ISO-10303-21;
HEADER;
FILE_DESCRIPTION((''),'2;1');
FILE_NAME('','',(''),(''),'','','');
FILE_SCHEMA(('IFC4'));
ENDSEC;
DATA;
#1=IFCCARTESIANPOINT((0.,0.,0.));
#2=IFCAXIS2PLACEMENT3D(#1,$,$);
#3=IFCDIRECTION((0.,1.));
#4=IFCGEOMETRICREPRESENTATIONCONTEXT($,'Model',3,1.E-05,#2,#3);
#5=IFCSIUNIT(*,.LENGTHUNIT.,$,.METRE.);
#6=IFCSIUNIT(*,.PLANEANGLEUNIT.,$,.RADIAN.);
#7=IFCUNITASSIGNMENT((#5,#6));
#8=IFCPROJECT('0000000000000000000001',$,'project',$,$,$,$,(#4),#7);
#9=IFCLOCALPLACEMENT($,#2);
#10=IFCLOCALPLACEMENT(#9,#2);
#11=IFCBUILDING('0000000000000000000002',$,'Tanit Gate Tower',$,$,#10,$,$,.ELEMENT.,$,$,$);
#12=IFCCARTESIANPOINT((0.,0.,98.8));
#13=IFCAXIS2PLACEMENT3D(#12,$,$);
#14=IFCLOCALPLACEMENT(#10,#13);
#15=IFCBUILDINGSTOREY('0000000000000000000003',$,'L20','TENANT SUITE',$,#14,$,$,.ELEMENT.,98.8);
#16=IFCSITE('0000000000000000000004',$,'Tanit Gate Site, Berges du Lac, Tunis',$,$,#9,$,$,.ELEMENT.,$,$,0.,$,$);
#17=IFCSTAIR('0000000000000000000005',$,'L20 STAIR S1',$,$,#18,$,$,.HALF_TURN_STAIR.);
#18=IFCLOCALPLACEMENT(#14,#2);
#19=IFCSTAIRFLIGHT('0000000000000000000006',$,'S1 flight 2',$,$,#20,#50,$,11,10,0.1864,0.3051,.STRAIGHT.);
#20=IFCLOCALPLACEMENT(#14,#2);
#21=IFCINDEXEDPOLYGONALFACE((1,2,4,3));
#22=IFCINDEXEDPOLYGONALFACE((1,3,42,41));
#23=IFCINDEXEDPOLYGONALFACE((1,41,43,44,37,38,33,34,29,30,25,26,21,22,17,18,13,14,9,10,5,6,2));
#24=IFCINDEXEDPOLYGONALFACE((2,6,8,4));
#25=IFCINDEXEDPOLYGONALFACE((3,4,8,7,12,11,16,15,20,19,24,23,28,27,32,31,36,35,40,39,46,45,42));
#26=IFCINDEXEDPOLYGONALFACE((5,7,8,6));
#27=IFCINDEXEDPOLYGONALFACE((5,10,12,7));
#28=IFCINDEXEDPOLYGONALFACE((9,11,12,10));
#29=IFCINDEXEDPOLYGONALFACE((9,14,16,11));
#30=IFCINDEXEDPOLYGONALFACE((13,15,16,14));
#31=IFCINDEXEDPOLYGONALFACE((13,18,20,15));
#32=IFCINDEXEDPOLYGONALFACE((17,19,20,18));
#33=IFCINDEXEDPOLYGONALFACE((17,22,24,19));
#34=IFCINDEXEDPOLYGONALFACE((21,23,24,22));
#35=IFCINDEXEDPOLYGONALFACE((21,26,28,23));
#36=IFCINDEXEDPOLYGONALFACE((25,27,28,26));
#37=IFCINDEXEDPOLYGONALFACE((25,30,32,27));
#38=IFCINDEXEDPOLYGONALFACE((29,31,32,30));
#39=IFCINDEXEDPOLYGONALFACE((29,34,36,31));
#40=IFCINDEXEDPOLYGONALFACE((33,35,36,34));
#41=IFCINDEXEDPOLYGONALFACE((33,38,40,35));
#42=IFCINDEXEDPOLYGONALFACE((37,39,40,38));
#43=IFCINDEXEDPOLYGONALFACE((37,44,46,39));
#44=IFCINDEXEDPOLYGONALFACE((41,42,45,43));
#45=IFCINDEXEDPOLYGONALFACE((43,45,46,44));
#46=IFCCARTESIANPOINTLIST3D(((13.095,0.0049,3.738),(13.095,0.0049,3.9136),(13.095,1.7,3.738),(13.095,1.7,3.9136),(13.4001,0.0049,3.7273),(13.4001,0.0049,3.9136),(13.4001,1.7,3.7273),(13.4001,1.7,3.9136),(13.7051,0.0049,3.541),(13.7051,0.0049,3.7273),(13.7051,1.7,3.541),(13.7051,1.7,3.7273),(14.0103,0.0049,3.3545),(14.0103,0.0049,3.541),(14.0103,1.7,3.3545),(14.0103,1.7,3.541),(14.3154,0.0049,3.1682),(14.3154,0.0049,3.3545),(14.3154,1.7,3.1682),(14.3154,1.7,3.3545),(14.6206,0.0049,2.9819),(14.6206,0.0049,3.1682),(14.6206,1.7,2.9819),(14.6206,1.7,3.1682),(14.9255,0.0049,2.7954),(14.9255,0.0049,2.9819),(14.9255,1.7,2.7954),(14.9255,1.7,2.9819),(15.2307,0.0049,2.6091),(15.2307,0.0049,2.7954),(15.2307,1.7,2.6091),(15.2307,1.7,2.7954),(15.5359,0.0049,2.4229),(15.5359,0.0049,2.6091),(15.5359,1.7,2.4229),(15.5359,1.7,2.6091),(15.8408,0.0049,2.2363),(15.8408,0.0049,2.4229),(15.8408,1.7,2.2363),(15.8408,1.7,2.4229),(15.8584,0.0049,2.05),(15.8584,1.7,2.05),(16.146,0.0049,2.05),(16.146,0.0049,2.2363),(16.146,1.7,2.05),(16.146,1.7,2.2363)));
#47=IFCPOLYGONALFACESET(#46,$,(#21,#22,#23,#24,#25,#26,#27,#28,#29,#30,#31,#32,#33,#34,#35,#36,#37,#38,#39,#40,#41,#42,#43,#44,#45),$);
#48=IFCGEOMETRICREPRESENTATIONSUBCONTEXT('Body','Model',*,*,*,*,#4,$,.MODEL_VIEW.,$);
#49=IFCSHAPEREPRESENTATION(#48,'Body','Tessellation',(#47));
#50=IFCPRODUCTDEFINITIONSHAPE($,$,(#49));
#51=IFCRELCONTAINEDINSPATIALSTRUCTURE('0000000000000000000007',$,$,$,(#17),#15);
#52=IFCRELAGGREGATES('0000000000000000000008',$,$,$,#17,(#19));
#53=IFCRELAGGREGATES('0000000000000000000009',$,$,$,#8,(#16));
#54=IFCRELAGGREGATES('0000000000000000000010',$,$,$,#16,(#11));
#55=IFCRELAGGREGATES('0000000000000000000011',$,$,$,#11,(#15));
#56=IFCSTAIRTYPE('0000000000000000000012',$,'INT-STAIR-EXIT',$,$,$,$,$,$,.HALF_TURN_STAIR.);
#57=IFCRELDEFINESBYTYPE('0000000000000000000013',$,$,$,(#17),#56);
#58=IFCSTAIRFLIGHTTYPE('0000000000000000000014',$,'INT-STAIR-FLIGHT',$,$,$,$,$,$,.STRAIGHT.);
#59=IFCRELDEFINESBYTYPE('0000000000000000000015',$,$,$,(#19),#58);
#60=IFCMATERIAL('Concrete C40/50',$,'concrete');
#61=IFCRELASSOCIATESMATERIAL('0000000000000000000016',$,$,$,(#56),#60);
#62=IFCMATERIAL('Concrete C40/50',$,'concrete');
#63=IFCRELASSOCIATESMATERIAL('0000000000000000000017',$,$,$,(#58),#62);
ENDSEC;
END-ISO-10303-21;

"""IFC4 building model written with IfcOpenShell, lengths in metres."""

from ifc_helpers import new_model, si_unit, direction, frame, origin, place, context, subcontext, project, spatial, polyline, outline, extrude, material, type_object, element, aggregate, save


model = new_model("IFC4")

# Units and contexts
model_context = context("Model", 3, precision=1e-05, world=origin(), true_north=direction((0.0, 1.0)))
body_context = subcontext(model_context, "Body", "Model", "MODEL_VIEW")
ifc_project = project(units=[si_unit("LENGTHUNIT", "METRE"), si_unit("PLANEANGLEUNIT", "RADIAN")], contexts=[model_context])

# Site, building, storey
site_placement = place(None, origin())
site = spatial("IfcSite", under=ifc_project, at=site_placement, Name="Tanit Gate Site, Berges du Lac, Tunis", CompositionType="ELEMENT", RefElevation=0.0)
building_placement = place(site_placement, origin())
building = spatial("IfcBuilding", under=site, at=building_placement, Name="Tanit Gate Tower", CompositionType="ELEMENT")
storey_placement = place(building_placement, frame((0.0, 0.0, 98.8)))
storey = spatial("IfcBuildingStorey", under=building, at=storey_placement, Name="L20", Description="TENANT SUITE", CompositionType="ELEMENT", Elevation=98.8)

# Stair, stair flight
ifc_material_1 = material(Name="Concrete C40/50", Category="concrete")
stair_type = type_object("IfcStairType", Name="INT-STAIR-EXIT", PredefinedType="HALF_TURN_STAIR", material=ifc_material_1)
stair_placement = place(storey_placement, origin())
stair = element("IfcStair", 1, at=stair_placement, inside=storey, type_object=stair_type, Name="L20 STAIR S1", PredefinedType="HALF_TURN_STAIR")
ifc_material_2 = material(Name="Concrete C40/50", Category="concrete")
stair_flight_type = type_object("IfcStairFlightType", Name="INT-STAIR-FLIGHT", PredefinedType="STRAIGHT", material=ifc_material_2)
stair_flight_placement = place(storey_placement, frame((16.146, 0.8525, 2.05), z_axis=(0.0, 0.0, 1.0), x_axis=(-1.0, 0.0, 0.0)))
stair_flight = element("IfcStairFlight", 2, at=stair_flight_placement, type_object=stair_flight_type, Name="S1 flight 2", NumberOfRisers=11, NumberOfTreads=10, PredefinedType="STRAIGHT", RiserHeight=0.1864, TreadLength=0.3051, context=body_context, shape_type="SweptSolid", body=[
    extrude(outline(polyline([(0.0, 0.0), (0.0, 0.1863), (0.3052, 0.1863), (0.3052, 0.3728), (0.6101, 0.3728), (0.6101, 0.5591), (0.9153, 0.5591), (0.9153, 0.7454), (1.2205, 0.7454), (1.2205, 0.9319), (1.5254, 0.9319), (1.5254, 1.1182), (1.8306, 1.1182), (1.8306, 1.3044), (2.1357, 1.3044), (2.1357, 1.491), (2.4409, 1.491), (2.4409, 1.6772), (2.7458, 1.6772), (2.7458, 1.8635), (3.051, 1.8635), (3.051, 2.05), (3.051, 1.688), (0.2876, 0.0), (0.0, 0.0)])), frame((0.0, 0.8477, 0.0), z_axis=(0.0, -1.0, 0.0), x_axis=(1.0, 0.0, 0.0)), (0.0, 0.0, 1.0), 1.6951),
])
aggregate(stair, [stair_flight])

save(model, "model.ifc")
